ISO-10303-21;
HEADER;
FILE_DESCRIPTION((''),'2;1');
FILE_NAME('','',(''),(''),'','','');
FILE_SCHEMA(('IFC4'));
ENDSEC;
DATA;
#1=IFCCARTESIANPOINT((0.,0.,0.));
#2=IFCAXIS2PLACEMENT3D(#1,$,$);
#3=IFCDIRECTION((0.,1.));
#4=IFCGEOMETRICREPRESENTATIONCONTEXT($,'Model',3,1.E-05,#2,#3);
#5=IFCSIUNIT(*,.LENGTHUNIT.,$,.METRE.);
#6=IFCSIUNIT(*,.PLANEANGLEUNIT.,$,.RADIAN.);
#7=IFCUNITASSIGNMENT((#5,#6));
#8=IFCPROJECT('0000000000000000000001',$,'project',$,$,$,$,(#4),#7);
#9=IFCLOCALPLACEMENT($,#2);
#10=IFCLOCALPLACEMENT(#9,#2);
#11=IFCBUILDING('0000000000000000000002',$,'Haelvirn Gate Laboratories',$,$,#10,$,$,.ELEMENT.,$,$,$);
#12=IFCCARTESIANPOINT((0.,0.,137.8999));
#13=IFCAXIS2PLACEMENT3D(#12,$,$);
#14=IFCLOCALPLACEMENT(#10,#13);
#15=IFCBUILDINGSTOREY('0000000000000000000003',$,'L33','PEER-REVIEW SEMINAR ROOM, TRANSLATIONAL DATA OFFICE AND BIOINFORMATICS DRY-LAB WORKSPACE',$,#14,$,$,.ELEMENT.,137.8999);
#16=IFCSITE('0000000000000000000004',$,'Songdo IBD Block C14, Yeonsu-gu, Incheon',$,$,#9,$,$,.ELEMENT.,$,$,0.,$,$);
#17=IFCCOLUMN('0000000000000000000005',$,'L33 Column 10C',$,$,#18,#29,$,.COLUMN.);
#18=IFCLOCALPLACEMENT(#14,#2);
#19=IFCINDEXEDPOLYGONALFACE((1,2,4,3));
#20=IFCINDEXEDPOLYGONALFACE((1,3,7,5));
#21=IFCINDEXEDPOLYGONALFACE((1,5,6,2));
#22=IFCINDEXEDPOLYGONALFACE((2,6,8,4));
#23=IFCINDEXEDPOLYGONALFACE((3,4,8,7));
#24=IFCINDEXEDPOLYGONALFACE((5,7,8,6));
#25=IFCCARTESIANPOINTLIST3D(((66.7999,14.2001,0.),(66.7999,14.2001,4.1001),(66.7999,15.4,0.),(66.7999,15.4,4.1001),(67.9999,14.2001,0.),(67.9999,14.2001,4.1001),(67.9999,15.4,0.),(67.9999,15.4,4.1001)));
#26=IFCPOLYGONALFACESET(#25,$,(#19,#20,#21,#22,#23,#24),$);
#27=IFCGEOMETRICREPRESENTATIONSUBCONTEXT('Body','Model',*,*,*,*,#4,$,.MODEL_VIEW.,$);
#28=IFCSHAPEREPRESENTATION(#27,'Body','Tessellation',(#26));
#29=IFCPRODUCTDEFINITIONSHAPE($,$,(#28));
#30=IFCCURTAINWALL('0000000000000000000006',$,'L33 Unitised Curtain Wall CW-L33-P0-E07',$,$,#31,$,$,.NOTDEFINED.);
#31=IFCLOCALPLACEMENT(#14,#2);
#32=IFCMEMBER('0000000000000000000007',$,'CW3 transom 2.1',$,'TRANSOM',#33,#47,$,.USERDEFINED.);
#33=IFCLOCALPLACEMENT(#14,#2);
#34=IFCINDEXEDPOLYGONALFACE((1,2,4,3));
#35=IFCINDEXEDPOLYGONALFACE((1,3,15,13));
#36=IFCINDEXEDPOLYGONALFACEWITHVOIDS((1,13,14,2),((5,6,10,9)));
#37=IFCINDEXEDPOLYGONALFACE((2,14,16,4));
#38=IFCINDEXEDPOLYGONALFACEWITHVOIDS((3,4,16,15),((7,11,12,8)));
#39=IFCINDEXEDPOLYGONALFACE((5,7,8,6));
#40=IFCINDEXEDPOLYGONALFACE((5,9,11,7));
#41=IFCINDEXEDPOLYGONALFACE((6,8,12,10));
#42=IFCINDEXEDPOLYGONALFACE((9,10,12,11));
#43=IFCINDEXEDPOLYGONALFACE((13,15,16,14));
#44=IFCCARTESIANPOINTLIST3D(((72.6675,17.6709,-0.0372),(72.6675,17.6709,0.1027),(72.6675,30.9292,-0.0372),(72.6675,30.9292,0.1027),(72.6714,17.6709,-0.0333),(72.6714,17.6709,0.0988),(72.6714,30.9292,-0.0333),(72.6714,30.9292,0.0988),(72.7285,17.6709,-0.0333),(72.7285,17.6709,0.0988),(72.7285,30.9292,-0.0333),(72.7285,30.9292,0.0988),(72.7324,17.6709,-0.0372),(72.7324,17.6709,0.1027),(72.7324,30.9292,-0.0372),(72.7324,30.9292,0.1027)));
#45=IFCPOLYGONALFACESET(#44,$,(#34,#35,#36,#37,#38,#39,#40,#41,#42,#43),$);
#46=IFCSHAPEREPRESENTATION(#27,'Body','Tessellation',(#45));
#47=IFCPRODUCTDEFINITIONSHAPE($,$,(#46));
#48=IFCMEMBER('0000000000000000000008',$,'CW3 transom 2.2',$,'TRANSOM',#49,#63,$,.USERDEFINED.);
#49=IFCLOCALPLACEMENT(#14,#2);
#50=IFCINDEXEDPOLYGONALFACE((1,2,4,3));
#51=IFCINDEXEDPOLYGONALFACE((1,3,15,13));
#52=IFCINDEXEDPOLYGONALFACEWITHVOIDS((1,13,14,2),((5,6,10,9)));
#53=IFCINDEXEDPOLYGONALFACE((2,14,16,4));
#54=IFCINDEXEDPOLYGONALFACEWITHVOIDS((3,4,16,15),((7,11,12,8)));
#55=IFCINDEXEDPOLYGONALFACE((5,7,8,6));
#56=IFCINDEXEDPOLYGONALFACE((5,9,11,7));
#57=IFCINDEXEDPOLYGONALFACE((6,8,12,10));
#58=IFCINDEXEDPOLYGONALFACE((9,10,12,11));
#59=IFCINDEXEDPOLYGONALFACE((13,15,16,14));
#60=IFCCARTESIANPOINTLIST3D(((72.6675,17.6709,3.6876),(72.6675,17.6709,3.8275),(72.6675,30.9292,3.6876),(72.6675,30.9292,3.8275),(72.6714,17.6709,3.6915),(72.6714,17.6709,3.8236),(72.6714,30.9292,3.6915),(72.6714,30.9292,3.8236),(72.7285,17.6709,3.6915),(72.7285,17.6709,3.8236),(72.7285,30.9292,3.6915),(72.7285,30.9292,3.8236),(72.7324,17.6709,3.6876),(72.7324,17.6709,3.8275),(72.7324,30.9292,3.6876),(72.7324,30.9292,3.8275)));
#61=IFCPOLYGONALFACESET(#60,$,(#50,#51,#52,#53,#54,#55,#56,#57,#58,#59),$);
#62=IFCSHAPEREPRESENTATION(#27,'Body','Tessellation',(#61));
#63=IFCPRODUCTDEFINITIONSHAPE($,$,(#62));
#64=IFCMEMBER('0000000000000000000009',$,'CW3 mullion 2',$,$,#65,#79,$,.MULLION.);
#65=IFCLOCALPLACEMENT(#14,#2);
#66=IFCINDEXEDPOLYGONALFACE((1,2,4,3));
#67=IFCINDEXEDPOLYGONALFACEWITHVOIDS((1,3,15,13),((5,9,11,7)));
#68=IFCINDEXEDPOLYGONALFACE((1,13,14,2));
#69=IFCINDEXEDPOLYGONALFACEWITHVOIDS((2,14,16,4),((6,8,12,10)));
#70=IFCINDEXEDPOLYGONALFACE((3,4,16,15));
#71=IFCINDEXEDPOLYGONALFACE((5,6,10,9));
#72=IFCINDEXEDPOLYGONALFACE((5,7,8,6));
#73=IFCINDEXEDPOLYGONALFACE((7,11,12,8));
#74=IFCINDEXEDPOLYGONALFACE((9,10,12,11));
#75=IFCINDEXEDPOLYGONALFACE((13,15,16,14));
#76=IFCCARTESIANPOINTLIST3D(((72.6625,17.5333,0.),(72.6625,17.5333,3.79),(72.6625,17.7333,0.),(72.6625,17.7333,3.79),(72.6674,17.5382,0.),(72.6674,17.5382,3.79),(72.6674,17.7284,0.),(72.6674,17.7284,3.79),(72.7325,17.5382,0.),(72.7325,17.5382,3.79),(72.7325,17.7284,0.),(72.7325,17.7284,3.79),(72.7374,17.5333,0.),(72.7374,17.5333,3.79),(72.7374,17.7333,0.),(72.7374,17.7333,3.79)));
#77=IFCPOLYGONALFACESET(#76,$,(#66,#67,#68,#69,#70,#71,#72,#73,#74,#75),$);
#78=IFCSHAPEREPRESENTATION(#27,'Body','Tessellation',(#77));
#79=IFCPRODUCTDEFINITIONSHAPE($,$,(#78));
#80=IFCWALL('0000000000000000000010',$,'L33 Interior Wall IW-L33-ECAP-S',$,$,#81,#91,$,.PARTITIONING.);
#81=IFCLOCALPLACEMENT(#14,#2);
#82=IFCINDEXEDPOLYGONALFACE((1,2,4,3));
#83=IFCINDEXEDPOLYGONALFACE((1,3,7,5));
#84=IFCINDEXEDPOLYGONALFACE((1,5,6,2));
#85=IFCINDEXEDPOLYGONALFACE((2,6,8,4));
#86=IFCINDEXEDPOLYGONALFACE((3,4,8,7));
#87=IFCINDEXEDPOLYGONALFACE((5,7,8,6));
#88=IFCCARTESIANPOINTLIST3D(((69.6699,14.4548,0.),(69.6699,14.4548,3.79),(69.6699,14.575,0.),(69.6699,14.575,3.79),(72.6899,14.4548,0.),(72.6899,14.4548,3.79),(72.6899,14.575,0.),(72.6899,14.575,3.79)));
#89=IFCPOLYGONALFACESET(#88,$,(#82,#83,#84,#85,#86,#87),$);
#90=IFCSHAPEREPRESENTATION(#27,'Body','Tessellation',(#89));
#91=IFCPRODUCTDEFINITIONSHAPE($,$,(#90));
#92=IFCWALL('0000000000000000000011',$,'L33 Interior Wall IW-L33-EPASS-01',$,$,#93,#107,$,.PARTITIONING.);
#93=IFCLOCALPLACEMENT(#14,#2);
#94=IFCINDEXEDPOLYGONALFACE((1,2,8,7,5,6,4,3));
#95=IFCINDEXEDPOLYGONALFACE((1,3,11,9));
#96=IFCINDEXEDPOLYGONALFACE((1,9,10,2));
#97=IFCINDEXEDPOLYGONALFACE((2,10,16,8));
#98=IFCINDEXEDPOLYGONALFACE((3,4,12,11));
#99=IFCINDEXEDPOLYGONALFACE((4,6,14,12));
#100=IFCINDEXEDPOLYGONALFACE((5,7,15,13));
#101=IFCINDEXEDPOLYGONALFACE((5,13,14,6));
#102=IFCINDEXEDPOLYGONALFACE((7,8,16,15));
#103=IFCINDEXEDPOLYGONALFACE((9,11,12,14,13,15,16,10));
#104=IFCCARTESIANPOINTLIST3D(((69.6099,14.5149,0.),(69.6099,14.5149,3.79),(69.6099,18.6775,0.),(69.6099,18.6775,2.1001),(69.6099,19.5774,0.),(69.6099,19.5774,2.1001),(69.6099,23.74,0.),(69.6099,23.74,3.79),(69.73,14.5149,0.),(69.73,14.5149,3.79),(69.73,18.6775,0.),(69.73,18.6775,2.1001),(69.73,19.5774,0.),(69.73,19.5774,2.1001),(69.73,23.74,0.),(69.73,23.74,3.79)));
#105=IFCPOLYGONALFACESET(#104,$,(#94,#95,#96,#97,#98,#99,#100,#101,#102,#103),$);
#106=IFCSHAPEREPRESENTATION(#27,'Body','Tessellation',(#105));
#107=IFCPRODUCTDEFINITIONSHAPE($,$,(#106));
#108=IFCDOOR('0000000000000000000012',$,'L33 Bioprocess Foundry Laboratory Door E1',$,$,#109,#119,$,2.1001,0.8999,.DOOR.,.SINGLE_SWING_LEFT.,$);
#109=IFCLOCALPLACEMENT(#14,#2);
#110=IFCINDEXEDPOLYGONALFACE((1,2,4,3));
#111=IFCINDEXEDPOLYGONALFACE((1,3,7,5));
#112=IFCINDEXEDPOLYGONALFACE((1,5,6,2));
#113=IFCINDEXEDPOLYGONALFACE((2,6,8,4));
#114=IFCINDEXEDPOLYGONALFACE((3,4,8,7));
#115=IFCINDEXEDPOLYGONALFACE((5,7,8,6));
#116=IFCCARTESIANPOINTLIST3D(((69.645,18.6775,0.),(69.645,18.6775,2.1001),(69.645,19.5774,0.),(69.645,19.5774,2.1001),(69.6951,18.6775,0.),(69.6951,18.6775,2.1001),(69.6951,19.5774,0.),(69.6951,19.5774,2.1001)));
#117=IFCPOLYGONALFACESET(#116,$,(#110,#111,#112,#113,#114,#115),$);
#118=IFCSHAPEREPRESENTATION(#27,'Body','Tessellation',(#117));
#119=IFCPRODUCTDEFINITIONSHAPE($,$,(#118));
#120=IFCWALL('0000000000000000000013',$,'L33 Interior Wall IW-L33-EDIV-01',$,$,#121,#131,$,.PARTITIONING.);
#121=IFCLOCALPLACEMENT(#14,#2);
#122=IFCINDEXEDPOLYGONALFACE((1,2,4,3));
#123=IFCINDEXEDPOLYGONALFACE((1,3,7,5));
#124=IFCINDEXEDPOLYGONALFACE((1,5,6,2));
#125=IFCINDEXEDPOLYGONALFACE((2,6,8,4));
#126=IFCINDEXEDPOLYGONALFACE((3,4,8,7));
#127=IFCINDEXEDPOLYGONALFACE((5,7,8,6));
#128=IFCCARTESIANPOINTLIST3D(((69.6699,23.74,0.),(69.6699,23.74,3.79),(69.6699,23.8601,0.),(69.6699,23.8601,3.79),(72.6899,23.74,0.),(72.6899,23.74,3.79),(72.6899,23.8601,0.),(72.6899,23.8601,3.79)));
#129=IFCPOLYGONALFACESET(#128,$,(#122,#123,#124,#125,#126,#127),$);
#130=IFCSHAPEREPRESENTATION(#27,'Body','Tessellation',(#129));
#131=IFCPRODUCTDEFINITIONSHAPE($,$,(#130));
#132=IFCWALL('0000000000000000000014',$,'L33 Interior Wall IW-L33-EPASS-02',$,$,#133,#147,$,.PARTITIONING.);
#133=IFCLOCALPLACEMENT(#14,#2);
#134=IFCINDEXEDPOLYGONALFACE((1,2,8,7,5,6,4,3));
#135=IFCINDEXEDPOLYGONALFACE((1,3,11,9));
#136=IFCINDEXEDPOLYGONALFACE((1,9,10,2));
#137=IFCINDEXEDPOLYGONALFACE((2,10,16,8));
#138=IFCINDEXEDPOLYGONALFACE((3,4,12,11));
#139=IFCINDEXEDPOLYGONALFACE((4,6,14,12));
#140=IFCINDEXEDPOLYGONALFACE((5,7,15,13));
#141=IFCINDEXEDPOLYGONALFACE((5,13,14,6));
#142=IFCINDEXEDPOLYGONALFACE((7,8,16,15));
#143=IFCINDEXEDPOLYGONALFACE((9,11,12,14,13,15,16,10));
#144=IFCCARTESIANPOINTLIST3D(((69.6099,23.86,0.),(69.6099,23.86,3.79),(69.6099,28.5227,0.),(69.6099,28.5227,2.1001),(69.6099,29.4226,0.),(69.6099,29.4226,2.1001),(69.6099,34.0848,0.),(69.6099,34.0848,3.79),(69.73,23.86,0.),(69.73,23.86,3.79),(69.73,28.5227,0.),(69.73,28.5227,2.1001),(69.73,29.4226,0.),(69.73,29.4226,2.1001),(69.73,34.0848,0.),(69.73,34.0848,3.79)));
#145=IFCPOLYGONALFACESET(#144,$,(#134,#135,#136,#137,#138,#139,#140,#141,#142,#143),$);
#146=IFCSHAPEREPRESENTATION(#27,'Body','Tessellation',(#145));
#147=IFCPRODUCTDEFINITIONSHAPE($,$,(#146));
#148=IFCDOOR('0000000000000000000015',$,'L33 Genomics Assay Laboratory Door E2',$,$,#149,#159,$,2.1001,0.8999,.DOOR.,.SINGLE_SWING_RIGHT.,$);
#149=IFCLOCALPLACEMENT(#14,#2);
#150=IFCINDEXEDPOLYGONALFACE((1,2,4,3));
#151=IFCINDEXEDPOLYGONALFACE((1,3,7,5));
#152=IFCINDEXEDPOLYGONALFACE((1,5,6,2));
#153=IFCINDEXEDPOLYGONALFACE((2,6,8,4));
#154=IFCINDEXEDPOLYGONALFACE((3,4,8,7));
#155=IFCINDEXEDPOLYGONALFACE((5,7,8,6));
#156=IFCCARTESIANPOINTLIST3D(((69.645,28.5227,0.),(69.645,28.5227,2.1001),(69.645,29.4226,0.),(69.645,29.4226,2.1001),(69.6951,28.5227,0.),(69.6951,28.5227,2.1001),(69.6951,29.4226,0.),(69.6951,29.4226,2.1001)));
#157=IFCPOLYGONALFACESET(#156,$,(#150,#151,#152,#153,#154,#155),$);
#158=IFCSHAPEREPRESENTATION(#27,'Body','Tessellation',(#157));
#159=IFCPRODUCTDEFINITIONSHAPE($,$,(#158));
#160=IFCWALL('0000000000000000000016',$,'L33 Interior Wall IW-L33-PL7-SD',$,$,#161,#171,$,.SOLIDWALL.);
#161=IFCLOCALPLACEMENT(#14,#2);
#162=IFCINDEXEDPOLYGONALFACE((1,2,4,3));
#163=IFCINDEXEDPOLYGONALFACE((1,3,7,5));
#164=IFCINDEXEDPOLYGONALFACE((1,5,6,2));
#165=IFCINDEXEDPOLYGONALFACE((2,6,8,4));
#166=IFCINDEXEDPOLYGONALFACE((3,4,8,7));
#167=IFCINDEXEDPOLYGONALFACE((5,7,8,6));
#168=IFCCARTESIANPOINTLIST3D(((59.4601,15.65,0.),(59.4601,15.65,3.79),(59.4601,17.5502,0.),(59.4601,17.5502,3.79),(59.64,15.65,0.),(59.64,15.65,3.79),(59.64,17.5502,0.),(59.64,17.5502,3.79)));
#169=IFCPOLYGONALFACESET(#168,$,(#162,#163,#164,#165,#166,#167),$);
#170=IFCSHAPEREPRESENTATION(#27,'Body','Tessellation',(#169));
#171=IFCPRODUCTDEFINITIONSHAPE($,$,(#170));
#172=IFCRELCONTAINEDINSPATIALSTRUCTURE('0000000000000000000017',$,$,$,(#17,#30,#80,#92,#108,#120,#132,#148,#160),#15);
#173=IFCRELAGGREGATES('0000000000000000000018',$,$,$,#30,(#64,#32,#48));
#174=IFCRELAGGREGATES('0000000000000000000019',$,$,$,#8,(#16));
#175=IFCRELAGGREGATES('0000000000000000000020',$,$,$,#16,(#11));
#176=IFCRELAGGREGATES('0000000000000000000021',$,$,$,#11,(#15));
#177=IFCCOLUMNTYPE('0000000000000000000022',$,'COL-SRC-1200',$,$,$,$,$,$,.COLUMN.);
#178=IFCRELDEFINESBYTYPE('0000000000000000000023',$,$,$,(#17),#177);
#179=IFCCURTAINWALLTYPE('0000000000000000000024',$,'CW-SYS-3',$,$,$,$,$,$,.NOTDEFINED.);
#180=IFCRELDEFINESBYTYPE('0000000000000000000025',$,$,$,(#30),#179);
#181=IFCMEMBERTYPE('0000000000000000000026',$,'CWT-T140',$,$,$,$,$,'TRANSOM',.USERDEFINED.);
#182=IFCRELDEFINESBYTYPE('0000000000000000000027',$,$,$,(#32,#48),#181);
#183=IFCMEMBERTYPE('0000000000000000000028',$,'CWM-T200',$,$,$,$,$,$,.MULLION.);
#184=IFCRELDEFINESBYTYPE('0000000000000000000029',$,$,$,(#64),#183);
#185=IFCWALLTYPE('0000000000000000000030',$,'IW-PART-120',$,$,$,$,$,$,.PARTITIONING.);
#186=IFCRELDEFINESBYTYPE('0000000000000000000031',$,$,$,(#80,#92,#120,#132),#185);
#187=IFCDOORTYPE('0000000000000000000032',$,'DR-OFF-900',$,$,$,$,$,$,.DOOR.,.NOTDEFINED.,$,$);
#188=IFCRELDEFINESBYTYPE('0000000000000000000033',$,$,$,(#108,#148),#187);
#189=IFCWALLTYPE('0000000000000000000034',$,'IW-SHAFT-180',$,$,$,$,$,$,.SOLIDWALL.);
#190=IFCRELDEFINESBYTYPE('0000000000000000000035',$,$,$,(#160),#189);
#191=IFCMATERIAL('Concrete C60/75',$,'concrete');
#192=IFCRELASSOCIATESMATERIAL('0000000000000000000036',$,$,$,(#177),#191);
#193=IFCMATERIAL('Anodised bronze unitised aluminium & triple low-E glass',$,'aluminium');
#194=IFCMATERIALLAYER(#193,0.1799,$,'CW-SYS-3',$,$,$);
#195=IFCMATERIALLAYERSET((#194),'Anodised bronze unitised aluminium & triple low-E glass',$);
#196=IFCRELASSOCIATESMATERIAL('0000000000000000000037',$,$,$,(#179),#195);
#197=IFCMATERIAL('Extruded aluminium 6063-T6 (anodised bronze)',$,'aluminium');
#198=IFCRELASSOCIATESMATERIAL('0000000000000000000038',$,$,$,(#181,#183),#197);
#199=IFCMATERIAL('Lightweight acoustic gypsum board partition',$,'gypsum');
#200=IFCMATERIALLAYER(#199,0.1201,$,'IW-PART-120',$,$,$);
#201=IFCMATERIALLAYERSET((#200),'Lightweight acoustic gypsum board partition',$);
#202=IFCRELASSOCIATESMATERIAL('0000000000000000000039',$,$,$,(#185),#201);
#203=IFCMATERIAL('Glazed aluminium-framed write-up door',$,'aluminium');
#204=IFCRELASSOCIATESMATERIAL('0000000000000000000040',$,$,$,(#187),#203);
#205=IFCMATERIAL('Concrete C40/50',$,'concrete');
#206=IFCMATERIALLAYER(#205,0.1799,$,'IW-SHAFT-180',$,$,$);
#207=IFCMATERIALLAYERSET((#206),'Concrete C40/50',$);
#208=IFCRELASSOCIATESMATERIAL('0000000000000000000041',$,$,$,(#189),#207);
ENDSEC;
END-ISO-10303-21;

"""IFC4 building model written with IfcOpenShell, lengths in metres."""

from ifc_helpers import new_model, si_unit, direction, frame, frame_2d, origin, origin_2d, place, context, subcontext, project, spatial, rectangle, hollow_rectangle, extrude, source, transform, mapped, material, layer, layer_set, material_profile, profile_set, type_object, type_shapes, element, fill, aggregate, save


model = new_model("IFC4")

# Units and contexts
model_context = context("Model", 3, precision=1e-05, world=origin(), true_north=direction((0.0, 1.0)))
body_context = subcontext(model_context, "Body", "Model", "MODEL_VIEW")
ifc_project = project(units=[si_unit("LENGTHUNIT", "METRE"), si_unit("PLANEANGLEUNIT", "RADIAN")], contexts=[model_context])

# Site, building, storey
site_placement = place(None, origin())
site = spatial("IfcSite", under=ifc_project, at=site_placement, Name="Songdo IBD Block C14, Yeonsu-gu, Incheon", CompositionType="ELEMENT", RefElevation=0.0)
building_placement = place(site_placement, origin())
building = spatial("IfcBuilding", under=site, at=building_placement, Name="Haelvirn Gate Laboratories", CompositionType="ELEMENT")
storey_placement = place(building_placement, frame((0.0, 0.0, 137.8999)))
storey = spatial("IfcBuildingStorey", under=building, at=storey_placement, Name="L33", Description="PEER-REVIEW SEMINAR ROOM, TRANSLATIONAL DATA OFFICE AND BIOINFORMATICS DRY-LAB WORKSPACE", CompositionType="ELEMENT", Elevation=137.8999)

# Column
ifc_material_1 = material(Name="Concrete C60/75", Category="concrete")
ifc_material_profile_1 = material_profile(ifc_material_1, rectangle(XDim=1.2, YDim=1.2, at=origin_2d()), Name="SRC-1200x1200")
ifc_profile_set_1 = profile_set([ifc_material_profile_1], Name="Concrete C60/75")
column_type = type_object("IfcColumnType", Name="COL-SRC-1200", PredefinedType="COLUMN", material=ifc_profile_set_1)
shared_shape_1 = source(origin(), body_context, "Body", "SweptSolid", [
    extrude(rectangle(XDim=1.2, YDim=1.2, at=origin_2d()), origin(), (0.0, 0.0, 1.0), 4.1001),
])
type_shapes(column_type, [shared_shape_1])
column_placement = place(storey_placement, frame((67.3999, 14.8, 0.0), z_axis=(0.0, 0.0, 1.0), x_axis=(1.0, 0.0, 0.0)))
element("IfcColumn", 1, at=column_placement, inside=storey, type_object=column_type, Name="L33 Column 10C", PredefinedType="COLUMN", context=body_context, shape_type="MappedRepresentation", body=[
    mapped(shared_shape_1, transform((0.0, 0.0, 0.0), scale=1.0)),
])

# Curtain wall, members
ifc_material_2 = material(Name="Anodised bronze unitised aluminium & triple low-E glass", Category="aluminium")
ifc_layer_1 = layer(ifc_material_2, 0.1799, Name="CW-SYS-3")
ifc_layer_set_1 = layer_set([ifc_layer_1], Name="Anodised bronze unitised aluminium & triple low-E glass")
curtain_wall_type = type_object("IfcCurtainWallType", Name="CW-SYS-3", PredefinedType="NOTDEFINED", material=ifc_layer_set_1)
curtain_wall_placement = place(storey_placement, origin())
curtain_wall = element("IfcCurtainWall", 2, at=curtain_wall_placement, inside=storey, type_object=curtain_wall_type, Name="L33 Unitised Curtain Wall CW-L33-P0-E07", PredefinedType="NOTDEFINED")
ifc_material_3 = material(Name="Extruded aluminium 6063-T6 (anodised bronze)", Category="aluminium")
ifc_material_profile_2 = material_profile(ifc_material_3, hollow_rectangle(XDim=0.0649, YDim=0.1399, WallThickness=0.0039, at=origin_2d()), Name="CWT-140x65x4")
ifc_profile_set_2 = profile_set([ifc_material_profile_2], Name="Extruded aluminium 6063-T6 (anodised bronze)")
member_type_1 = type_object("IfcMemberType", Name="CWT-T140", ElementType="TRANSOM", PredefinedType="USERDEFINED", material=ifc_profile_set_2)
shared_shape_2 = source(origin(), body_context, "Body", "SweptSolid", [
    extrude(hollow_rectangle(XDim=0.0649, YDim=0.1399, WallThickness=0.0039, at=origin_2d()), origin(), (0.0, 0.0, 1.0), 13.2583),
])
type_shapes(member_type_1, [shared_shape_2])
member_1_placement = place(storey_placement, frame((72.7, 17.6709, 0.0327), z_axis=(0.0, 1.0, 0.0), x_axis=(-1.0, 0.0, 0.0)))
member_1 = element("IfcMember", 3, at=member_1_placement, type_object=member_type_1, Name="CW3 transom 2.1", ObjectType="TRANSOM", PredefinedType="USERDEFINED", context=body_context, shape_type="MappedRepresentation", body=[
    mapped(shared_shape_2, transform((0.0, 0.0, 0.0), scale=1.0)),
])
member_2_placement = place(storey_placement, frame((72.7, 17.6709, 3.7576), z_axis=(0.0, 1.0, 0.0), x_axis=(-1.0, 0.0, 0.0)))
member_2 = element("IfcMember", 4, at=member_2_placement, type_object=member_type_1, Name="CW3 transom 2.2", ObjectType="TRANSOM", PredefinedType="USERDEFINED", context=body_context, shape_type="MappedRepresentation", body=[
    mapped(shared_shape_2, transform((0.0, 0.0, 0.0), scale=1.0)),
])
ifc_material_profile_3 = material_profile(ifc_material_3, hollow_rectangle(XDim=0.075, YDim=0.2, WallThickness=0.0049, at=origin_2d()), Name="CWM-200x75x5")
ifc_profile_set_3 = profile_set([ifc_material_profile_3], Name="Extruded aluminium 6063-T6 (anodised bronze)")
member_type_2 = type_object("IfcMemberType", Name="CWM-T200", PredefinedType="MULLION", material=ifc_profile_set_3)
shared_shape_3 = source(origin(), body_context, "Body", "SweptSolid", [
    extrude(hollow_rectangle(XDim=0.075, YDim=0.2, WallThickness=0.0049, at=origin_2d()), origin(), (0.0, 0.0, 1.0), 3.79),
])
type_shapes(member_type_2, [shared_shape_3])
member_3_placement = place(storey_placement, frame((72.7, 17.6333, 0.0), z_axis=(0.0, 0.0, 1.0), x_axis=(-1.0, 0.0, 0.0)))
member_3 = element("IfcMember", 5, at=member_3_placement, type_object=member_type_2, Name="CW3 mullion 2", PredefinedType="MULLION", context=body_context, shape_type="MappedRepresentation", body=[
    mapped(shared_shape_3, transform((0.0, 0.0, 0.0), scale=1.0)),
])
aggregate(curtain_wall, [member_3, member_1, member_2])

# Wall
ifc_material_4 = material(Name="Lightweight acoustic gypsum board partition", Category="gypsum")
ifc_layer_2 = layer(ifc_material_4, 0.1201, Name="IW-PART-120")
ifc_layer_set_2 = layer_set([ifc_layer_2], Name="Lightweight acoustic gypsum board partition")
wall_type_1 = type_object("IfcWallType", Name="IW-PART-120", PredefinedType="PARTITIONING", material=ifc_layer_set_2)
wall_1_placement = place(storey_placement, frame((69.6699, 14.5149, 0.0), z_axis=(0.0, 0.0, 1.0), x_axis=(1.0, 0.0, 0.0)))
element("IfcWall", 6, at=wall_1_placement, inside=storey, type_object=wall_type_1, Name="L33 Interior Wall IW-L33-ECAP-S", PredefinedType="PARTITIONING", context=body_context, shape_type="SweptSolid", body=[
    extrude(rectangle(XDim=3.02, YDim=0.1201, at=frame_2d((1.51, 0.0))), origin(), (0.0, 0.0, 1.0), 3.79),
])

# Wall, opening, door
wall_2_placement = place(storey_placement, frame((69.6699, 14.5149, 0.0), z_axis=(0.0, 0.0, 1.0), x_axis=(0.0, 1.0, 0.0)))
wall_2 = element("IfcWall", 7, at=wall_2_placement, inside=storey, type_object=wall_type_1, Name="L33 Interior Wall IW-L33-EPASS-01", PredefinedType="PARTITIONING", context=body_context, shape_type="SweptSolid", body=[
    extrude(rectangle(XDim=9.2251, YDim=0.1201, at=frame_2d((4.6125, 0.0))), origin(), (0.0, 0.0, 1.0), 3.79),
])
opening_1_placement = place(wall_2_placement, frame((4.1626, 0.0, 0.0)))
opening_1 = element("IfcOpeningElement", 8, at=opening_1_placement, cuts=wall_2, PredefinedType="OPENING", context=body_context, shape_type="SweptSolid", body=[
    extrude(rectangle(XDim=0.8999, YDim=2.1001, at=frame_2d((0.45, 1.05))), frame((0.0, 0.0701, 0.0), z_axis=(0.0, -1.0, 0.0), x_axis=(1.0, 0.0, 0.0)), (0.0, 0.0, 1.0), 0.1401),
])
ifc_material_5 = material(Name="Glazed aluminium-framed write-up door", Category="aluminium")
door_type_1 = type_object("IfcDoorType", Name="DR-OFF-900", OperationType="NOTDEFINED", PredefinedType="DOOR", material=ifc_material_5)
shared_shape_4 = source(origin(), body_context, "Body", "SweptSolid", [
    extrude(rectangle(XDim=0.8999, YDim=2.1001, at=frame_2d((0.45, 1.05))), frame((0.0, 0.0249, 0.0), z_axis=(0.0, -1.0, 0.0), x_axis=(1.0, 0.0, 0.0)), (0.0, 0.0, 1.0), 0.05),
])
type_shapes(door_type_1, [shared_shape_4])
door_1_placement = place(opening_1_placement, origin())
door_1 = element("IfcDoor", 9, at=door_1_placement, inside=storey, type_object=door_type_1, Name="L33 Bioprocess Foundry Laboratory Door E1", OperationType="SINGLE_SWING_LEFT", OverallHeight=2.1001, OverallWidth=0.8999, PredefinedType="DOOR", context=body_context, shape_type="MappedRepresentation", body=[
    mapped(shared_shape_4, transform((0.0, 0.0, 0.0), scale=1.0)),
])
fill(opening_1, door_1)

# Wall
wall_3_placement = place(storey_placement, frame((69.6699, 23.8, 0.0), z_axis=(0.0, 0.0, 1.0), x_axis=(1.0, 0.0, 0.0)))
element("IfcWall", 10, at=wall_3_placement, inside=storey, type_object=wall_type_1, Name="L33 Interior Wall IW-L33-EDIV-01", PredefinedType="PARTITIONING", context=body_context, shape_type="SweptSolid", body=[
    extrude(rectangle(XDim=3.02, YDim=0.1201, at=frame_2d((1.51, 0.0))), origin(), (0.0, 0.0, 1.0), 3.79),
])

# Wall, opening, door
wall_4_placement = place(storey_placement, frame((69.6699, 23.8601, 0.0), z_axis=(0.0, 0.0, 1.0), x_axis=(0.0, 1.0, 0.0)))
wall_4 = element("IfcWall", 11, at=wall_4_placement, inside=storey, type_object=wall_type_1, Name="L33 Interior Wall IW-L33-EPASS-02", PredefinedType="PARTITIONING", context=body_context, shape_type="SweptSolid", body=[
    extrude(rectangle(XDim=10.2249, YDim=0.1201, at=frame_2d((5.1123, 0.0))), origin(), (0.0, 0.0, 1.0), 3.79),
])
opening_2_placement = place(wall_4_placement, frame((4.6626, 0.0, 0.0)))
opening_2 = element("IfcOpeningElement", 12, at=opening_2_placement, cuts=wall_4, PredefinedType="OPENING", context=body_context, shape_type="SweptSolid", body=[
    extrude(rectangle(XDim=0.8999, YDim=2.1001, at=frame_2d((0.45, 1.05))), frame((0.0, 0.0701, 0.0), z_axis=(0.0, -1.0, 0.0), x_axis=(1.0, 0.0, 0.0)), (0.0, 0.0, 1.0), 0.1401),
])
door_2_placement = place(opening_2_placement, origin())
door_2 = element("IfcDoor", 13, at=door_2_placement, inside=storey, type_object=door_type_1, Name="L33 Genomics Assay Laboratory Door E2", OperationType="SINGLE_SWING_RIGHT", OverallHeight=2.1001, OverallWidth=0.8999, PredefinedType="DOOR", context=body_context, shape_type="MappedRepresentation", body=[
    mapped(shared_shape_4, transform((0.0, 0.0, 0.0), scale=1.0)),
])
fill(opening_2, door_2)

# Wall
ifc_material_6 = material(Name="Concrete C40/50", Category="concrete")
ifc_layer_3 = layer(ifc_material_6, 0.1799, Name="IW-SHAFT-180")
ifc_layer_set_3 = layer_set([ifc_layer_3], Name="Concrete C40/50")
wall_type_2 = type_object("IfcWallType", Name="IW-SHAFT-180", PredefinedType="SOLIDWALL", material=ifc_layer_set_3)
for number, where, z_axis, x_axis, name in (
    (14, (59.55, 15.6499, 0.0), (0.0, 0.0, 1.0), (0.0, 1.0, 0.0), "L33 Interior Wall IW-L33-PL7-SD"),
):
    element("IfcWall", number, at=place(storey_placement, frame(where, z_axis=z_axis, x_axis=x_axis)), inside=storey, type_object=wall_type_2, Name=name, PredefinedType="SOLIDWALL", context=body_context, shape_type="SweptSolid", body=[
        extrude(rectangle(XDim=1.9001, YDim=0.1799, at=frame_2d((0.9502, 0.0))), origin(), (0.0, 0.0, 1.0), 3.79),
    ])

save(model, "model.ifc")
